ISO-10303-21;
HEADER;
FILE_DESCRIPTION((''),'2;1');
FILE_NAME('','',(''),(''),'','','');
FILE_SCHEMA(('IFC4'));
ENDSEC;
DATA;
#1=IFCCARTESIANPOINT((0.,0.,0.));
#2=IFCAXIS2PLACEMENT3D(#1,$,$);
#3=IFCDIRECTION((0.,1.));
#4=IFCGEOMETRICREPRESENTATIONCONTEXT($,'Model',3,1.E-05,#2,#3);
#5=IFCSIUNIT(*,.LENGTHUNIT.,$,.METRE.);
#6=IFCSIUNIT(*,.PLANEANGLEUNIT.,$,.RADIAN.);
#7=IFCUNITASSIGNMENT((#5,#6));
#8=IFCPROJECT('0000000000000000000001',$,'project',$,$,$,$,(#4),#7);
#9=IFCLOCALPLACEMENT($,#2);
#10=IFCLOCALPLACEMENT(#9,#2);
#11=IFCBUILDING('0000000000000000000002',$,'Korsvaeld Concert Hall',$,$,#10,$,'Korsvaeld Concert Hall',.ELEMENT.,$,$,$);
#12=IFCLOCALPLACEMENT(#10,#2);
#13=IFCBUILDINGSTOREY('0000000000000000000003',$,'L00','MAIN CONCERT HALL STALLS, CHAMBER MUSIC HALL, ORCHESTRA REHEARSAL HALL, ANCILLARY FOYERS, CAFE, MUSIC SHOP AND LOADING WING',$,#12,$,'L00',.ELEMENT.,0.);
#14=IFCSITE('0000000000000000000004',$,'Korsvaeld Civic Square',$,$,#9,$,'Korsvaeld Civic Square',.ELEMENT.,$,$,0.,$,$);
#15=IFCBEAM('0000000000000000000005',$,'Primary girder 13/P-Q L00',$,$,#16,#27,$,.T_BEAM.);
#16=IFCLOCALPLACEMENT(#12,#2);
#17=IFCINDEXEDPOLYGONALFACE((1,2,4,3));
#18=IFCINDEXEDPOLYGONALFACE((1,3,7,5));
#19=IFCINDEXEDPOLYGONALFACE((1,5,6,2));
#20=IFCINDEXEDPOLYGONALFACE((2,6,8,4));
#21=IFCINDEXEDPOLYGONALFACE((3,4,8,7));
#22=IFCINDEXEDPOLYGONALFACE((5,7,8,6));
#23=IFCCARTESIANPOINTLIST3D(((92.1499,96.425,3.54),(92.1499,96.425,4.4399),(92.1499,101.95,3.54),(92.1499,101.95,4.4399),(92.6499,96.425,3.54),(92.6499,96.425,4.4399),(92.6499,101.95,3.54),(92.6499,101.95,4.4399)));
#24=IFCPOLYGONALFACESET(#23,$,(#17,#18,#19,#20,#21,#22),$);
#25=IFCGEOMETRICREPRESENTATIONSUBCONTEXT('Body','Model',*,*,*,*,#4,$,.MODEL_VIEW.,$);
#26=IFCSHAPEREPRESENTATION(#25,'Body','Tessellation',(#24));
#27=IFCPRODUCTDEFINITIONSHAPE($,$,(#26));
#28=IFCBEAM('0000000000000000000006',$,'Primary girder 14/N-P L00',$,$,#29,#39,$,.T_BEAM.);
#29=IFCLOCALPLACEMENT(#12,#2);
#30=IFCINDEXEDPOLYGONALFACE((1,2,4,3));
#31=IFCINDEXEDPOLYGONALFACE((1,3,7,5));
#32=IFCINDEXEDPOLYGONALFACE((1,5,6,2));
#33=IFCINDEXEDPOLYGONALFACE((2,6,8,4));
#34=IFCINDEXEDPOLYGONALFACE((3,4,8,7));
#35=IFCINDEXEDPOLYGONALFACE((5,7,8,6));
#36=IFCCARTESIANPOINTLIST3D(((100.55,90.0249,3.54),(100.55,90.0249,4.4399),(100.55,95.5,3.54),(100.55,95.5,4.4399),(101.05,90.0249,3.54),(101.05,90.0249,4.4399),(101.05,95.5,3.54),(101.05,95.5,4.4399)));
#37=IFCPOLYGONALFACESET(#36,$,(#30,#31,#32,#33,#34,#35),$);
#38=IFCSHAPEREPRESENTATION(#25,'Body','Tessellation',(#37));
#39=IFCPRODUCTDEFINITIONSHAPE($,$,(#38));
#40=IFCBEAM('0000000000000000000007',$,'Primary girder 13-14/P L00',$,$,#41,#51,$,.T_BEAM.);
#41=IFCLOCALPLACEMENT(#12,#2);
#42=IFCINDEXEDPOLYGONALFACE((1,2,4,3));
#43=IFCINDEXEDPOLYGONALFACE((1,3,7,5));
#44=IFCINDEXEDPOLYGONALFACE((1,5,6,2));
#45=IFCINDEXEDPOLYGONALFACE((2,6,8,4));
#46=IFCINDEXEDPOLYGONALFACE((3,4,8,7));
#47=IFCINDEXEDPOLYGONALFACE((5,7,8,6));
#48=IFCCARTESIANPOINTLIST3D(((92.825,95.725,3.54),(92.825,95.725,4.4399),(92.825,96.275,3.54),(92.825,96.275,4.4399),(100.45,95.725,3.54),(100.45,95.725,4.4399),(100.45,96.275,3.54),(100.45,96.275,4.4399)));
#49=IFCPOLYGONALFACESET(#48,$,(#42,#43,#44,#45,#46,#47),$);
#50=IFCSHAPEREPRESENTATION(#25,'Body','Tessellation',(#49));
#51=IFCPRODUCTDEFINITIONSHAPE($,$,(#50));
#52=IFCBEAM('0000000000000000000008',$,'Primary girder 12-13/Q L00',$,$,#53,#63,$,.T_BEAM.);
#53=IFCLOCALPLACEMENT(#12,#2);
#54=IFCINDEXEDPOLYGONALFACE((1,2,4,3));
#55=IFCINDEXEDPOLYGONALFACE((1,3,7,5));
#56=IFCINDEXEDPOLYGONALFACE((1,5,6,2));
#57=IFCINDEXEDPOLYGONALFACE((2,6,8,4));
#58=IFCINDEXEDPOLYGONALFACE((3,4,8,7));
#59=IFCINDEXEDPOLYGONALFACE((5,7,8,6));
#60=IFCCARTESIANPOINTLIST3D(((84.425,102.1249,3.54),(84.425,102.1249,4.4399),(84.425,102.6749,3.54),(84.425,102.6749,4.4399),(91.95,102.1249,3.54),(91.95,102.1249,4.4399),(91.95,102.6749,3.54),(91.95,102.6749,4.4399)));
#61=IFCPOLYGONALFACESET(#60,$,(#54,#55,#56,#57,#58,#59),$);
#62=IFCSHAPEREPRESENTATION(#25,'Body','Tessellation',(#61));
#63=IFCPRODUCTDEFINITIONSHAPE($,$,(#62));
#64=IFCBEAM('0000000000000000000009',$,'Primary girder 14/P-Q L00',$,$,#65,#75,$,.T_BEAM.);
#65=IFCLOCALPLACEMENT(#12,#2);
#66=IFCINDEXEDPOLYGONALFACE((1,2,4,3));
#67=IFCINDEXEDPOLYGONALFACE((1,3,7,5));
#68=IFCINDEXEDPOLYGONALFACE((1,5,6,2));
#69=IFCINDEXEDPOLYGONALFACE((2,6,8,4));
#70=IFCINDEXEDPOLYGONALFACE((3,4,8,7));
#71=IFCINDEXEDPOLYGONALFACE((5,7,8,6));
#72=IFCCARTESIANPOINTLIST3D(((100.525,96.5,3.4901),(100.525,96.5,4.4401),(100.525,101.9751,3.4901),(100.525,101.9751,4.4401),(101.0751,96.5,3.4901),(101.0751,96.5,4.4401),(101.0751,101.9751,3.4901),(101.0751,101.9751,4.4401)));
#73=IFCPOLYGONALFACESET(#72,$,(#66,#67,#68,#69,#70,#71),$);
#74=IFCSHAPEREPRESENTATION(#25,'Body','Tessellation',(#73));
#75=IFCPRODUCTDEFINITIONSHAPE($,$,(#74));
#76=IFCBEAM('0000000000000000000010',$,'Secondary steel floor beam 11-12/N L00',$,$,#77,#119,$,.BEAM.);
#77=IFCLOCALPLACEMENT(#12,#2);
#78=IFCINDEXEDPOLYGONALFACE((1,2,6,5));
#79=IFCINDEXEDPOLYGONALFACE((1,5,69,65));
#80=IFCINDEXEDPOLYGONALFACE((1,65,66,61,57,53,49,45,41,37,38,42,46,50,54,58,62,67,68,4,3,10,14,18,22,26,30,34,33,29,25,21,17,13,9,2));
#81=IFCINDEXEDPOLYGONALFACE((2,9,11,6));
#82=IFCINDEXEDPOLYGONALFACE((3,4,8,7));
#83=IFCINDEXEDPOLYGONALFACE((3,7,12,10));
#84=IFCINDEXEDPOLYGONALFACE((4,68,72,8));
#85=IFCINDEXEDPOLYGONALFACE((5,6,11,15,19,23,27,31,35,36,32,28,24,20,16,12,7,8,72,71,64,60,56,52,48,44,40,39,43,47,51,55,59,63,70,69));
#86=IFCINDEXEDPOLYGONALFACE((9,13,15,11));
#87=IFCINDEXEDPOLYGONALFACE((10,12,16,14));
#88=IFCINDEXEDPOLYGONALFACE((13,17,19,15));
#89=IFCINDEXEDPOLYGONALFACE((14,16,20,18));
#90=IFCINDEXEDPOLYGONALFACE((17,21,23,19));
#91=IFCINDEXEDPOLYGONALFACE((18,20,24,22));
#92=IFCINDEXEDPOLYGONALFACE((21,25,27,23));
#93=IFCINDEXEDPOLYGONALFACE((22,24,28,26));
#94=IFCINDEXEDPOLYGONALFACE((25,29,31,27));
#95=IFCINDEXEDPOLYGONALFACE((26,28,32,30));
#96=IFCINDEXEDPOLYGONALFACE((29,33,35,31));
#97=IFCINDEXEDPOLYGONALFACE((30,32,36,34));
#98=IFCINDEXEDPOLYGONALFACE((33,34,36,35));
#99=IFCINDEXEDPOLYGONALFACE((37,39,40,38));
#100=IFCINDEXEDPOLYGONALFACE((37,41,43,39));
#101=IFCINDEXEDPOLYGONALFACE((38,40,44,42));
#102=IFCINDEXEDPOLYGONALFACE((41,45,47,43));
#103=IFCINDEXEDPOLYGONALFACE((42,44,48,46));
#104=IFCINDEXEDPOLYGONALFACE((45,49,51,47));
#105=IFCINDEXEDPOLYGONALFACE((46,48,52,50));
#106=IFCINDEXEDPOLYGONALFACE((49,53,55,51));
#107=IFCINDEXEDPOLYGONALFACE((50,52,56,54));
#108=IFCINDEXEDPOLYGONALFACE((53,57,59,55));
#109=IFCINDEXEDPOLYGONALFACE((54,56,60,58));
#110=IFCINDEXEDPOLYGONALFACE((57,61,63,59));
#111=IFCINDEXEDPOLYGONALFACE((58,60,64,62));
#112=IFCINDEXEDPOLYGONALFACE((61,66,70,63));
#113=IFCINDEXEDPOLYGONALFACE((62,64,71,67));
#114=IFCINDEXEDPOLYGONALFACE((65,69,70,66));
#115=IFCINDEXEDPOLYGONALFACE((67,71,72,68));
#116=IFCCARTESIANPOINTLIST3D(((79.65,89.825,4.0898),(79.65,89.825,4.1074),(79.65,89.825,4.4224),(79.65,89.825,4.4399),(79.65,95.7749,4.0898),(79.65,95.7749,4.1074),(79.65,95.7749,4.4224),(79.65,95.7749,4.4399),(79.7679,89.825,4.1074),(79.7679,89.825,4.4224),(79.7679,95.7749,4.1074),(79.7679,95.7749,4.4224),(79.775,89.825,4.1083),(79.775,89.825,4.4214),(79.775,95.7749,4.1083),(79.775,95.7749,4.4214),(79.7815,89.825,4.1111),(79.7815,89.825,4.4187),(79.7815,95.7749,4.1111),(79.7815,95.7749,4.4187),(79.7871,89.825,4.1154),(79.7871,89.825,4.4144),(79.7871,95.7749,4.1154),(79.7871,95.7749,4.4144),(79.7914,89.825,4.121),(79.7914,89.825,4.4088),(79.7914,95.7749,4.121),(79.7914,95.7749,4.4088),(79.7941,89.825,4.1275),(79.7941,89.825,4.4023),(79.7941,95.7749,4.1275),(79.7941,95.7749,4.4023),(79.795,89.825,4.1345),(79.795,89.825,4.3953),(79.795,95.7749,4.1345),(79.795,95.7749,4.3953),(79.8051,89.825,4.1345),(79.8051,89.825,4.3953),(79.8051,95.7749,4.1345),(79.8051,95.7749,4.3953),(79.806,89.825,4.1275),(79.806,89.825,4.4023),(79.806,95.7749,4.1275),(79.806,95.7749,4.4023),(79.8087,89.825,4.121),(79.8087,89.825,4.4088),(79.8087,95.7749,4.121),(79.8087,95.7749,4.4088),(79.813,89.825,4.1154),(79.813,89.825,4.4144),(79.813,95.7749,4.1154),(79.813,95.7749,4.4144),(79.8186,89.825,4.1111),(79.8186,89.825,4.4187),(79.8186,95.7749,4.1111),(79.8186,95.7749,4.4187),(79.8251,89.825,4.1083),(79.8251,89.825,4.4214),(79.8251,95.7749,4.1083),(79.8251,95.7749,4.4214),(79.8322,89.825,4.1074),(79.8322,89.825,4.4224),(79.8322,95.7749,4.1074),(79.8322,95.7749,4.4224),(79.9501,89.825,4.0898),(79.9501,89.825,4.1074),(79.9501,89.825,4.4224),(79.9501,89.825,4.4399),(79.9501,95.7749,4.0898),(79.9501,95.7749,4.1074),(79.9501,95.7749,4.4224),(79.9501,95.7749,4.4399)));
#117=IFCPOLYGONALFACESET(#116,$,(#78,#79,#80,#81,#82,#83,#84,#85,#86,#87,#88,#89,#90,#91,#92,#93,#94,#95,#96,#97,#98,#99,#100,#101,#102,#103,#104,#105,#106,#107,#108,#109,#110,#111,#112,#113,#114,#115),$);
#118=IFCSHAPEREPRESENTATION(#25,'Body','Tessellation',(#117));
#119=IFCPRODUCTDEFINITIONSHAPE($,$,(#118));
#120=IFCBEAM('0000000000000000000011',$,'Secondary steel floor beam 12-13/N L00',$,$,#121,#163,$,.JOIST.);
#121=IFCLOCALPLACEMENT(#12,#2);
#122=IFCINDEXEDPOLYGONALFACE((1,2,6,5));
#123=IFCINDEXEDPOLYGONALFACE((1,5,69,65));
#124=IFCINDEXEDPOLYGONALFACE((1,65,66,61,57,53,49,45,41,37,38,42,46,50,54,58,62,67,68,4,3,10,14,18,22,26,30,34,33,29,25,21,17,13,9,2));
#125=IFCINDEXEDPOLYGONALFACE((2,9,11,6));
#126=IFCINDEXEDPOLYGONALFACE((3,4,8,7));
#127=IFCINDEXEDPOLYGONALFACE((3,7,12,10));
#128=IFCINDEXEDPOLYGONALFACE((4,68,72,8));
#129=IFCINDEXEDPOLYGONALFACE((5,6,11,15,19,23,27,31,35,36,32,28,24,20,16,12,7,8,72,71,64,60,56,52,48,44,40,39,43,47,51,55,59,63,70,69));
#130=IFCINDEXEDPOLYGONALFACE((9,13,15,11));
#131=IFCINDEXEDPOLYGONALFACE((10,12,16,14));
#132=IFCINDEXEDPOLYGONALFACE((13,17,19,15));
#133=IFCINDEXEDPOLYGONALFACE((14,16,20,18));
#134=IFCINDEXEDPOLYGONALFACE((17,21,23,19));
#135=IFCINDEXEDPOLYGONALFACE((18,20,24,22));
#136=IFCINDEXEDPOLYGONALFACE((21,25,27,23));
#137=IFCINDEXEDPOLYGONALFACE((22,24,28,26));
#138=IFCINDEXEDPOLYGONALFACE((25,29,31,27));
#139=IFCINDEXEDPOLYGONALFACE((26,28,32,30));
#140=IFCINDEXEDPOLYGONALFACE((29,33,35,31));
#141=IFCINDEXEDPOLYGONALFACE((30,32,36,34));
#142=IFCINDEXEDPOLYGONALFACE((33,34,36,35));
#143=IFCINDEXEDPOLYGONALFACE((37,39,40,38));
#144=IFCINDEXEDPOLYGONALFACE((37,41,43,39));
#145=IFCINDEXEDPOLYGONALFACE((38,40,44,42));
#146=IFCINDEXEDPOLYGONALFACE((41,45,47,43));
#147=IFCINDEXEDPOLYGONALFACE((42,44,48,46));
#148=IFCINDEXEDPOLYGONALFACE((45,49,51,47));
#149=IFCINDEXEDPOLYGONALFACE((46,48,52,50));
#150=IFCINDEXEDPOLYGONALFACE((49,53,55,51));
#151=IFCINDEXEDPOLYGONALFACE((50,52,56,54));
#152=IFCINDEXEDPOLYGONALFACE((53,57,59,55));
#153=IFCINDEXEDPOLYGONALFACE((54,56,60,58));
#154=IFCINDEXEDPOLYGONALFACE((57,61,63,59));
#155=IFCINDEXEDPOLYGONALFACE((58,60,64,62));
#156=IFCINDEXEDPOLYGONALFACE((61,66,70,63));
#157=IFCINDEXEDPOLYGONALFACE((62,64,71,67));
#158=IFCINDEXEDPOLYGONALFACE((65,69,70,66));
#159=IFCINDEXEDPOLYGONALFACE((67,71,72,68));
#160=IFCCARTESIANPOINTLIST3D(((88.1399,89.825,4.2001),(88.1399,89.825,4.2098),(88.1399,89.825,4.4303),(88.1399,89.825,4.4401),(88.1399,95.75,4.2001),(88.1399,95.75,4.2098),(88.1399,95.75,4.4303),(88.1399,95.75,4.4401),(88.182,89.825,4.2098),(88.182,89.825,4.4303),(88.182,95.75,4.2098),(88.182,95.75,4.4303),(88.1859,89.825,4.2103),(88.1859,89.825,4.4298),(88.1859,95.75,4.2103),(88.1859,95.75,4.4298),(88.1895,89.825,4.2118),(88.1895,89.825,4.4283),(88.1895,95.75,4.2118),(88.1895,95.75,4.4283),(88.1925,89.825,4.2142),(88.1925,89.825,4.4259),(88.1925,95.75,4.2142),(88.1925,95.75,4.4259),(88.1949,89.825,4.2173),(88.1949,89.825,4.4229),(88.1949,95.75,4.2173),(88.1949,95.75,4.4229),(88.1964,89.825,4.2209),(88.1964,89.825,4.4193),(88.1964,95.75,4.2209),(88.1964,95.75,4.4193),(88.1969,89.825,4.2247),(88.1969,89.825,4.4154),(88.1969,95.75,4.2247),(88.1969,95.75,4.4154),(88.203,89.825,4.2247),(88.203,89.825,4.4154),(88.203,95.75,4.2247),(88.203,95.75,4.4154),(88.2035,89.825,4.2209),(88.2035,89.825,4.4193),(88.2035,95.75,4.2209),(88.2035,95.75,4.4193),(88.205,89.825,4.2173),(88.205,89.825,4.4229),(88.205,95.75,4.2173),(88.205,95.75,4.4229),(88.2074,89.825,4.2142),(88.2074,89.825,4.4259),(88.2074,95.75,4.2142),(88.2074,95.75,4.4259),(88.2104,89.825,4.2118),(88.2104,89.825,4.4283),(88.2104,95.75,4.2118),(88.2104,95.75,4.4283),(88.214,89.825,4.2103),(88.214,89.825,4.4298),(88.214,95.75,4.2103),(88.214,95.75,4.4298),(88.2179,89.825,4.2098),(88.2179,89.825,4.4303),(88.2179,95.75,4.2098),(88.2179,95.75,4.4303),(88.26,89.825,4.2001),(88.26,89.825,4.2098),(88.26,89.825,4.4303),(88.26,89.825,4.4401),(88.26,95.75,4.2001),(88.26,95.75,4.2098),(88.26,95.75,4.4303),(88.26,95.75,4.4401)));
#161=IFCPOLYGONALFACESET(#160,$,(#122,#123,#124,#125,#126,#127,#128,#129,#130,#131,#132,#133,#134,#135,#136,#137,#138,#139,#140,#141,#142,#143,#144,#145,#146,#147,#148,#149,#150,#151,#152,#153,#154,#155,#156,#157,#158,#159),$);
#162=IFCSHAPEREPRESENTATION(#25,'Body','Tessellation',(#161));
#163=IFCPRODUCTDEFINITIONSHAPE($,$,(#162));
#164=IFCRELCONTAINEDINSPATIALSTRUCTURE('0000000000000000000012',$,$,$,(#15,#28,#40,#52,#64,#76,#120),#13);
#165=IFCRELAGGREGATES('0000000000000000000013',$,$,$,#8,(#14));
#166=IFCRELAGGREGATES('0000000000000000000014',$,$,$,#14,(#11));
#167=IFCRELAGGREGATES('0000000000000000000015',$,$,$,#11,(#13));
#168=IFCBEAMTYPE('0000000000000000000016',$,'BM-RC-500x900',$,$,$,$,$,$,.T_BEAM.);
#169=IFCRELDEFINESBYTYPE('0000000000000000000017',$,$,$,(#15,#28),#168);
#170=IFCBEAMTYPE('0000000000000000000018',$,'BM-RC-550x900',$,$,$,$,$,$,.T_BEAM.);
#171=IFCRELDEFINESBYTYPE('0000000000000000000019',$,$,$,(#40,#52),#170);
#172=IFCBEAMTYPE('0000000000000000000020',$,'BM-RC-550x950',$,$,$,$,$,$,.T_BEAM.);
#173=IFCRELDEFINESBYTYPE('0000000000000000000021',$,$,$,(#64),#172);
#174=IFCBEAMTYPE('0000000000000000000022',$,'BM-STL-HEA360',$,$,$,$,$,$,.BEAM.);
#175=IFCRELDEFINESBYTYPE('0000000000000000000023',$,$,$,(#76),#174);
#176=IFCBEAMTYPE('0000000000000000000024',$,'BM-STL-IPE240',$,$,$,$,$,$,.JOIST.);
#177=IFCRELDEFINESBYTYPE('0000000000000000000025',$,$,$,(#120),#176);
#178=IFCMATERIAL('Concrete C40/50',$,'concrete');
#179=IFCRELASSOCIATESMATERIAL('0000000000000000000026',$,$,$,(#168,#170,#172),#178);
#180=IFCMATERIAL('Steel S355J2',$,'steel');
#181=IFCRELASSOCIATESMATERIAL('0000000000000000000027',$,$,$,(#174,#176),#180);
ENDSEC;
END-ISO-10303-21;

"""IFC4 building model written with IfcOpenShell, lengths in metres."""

from ifc_helpers import new_model, si_unit, direction, frame, origin, origin_2d, place, context, subcontext, project, spatial, rectangle, i_section, extrude, material, material_profile, profile_set, type_object, element, save


model = new_model("IFC4")

# Units and contexts
model_context = context("Model", 3, precision=1e-05, world=origin(), true_north=direction((0.0, 1.0)))
body_context = subcontext(model_context, "Body", "Model", "MODEL_VIEW")
ifc_project = project(units=[si_unit("LENGTHUNIT", "METRE"), si_unit("PLANEANGLEUNIT", "RADIAN")], contexts=[model_context])

# Site, building, storey
site_placement = place(None, origin())
site = spatial("IfcSite", under=ifc_project, at=site_placement, Name="Korsvaeld Civic Square", LongName="Korsvaeld Civic Square", CompositionType="ELEMENT", RefElevation=0.0)
building_placement = place(site_placement, origin())
building = spatial("IfcBuilding", under=site, at=building_placement, Name="Korsvaeld Concert Hall", LongName="Korsvaeld Concert Hall", CompositionType="ELEMENT")
storey_placement = place(building_placement, origin())
storey = spatial("IfcBuildingStorey", under=building, at=storey_placement, Name="L00", Description="MAIN CONCERT HALL STALLS, CHAMBER MUSIC HALL, ORCHESTRA REHEARSAL HALL, ANCILLARY FOYERS, CAFE, MUSIC SHOP AND LOADING WING", LongName="L00", CompositionType="ELEMENT", Elevation=0.0)

# Shared definitions
ifc_material_1 = material(Name="Concrete C40/50", Category="concrete")

# Beams
ifc_material_profile_1 = material_profile(ifc_material_1, rectangle(XDim=0.5, YDim=0.8999, at=origin_2d()), Name="RC 500x900")
ifc_profile_set_1 = profile_set([ifc_material_profile_1], Name="Concrete C40/50")
beam_type_1 = type_object("IfcBeamType", Name="BM-RC-500x900", PredefinedType="T_BEAM", material=ifc_profile_set_1)
beam_1_placement = place(storey_placement, frame((92.3999, 96.425, 3.99), z_axis=(0.0, 1.0, 0.0), x_axis=(-1.0, 0.0, 0.0)))
element("IfcBeam", 1, at=beam_1_placement, inside=storey, type_object=beam_type_1, Name="Primary girder 13/P-Q L00", PredefinedType="T_BEAM", context=body_context, shape_type="SweptSolid", body=[
    extrude(rectangle(XDim=0.5, YDim=0.8999, at=origin_2d()), origin(), (0.0, 0.0, 1.0), 5.5249),
])
beam_2_placement = place(storey_placement, frame((100.8, 90.0249, 3.99), z_axis=(0.0, 1.0, 0.0), x_axis=(-1.0, 0.0, 0.0)))
element("IfcBeam", 2, at=beam_2_placement, inside=storey, type_object=beam_type_1, Name="Primary girder 14/N-P L00", PredefinedType="T_BEAM", context=body_context, shape_type="SweptSolid", body=[
    extrude(rectangle(XDim=0.5, YDim=0.8999, at=origin_2d()), origin(), (0.0, 0.0, 1.0), 5.4751),
])
ifc_material_profile_2 = material_profile(ifc_material_1, rectangle(XDim=0.55, YDim=0.8999, at=origin_2d()), Name="RC 550x900")
ifc_profile_set_2 = profile_set([ifc_material_profile_2], Name="Concrete C40/50")
beam_type_2 = type_object("IfcBeamType", Name="BM-RC-550x900", PredefinedType="T_BEAM", material=ifc_profile_set_2)
beam_3_placement = place(storey_placement, frame((92.825, 96.0, 3.99), z_axis=(1.0, 0.0, 0.0), x_axis=(0.0, 1.0, 0.0)))
element("IfcBeam", 3, at=beam_3_placement, inside=storey, type_object=beam_type_2, Name="Primary girder 13-14/P L00", PredefinedType="T_BEAM", context=body_context, shape_type="SweptSolid", body=[
    extrude(rectangle(XDim=0.55, YDim=0.8999, at=origin_2d()), origin(), (0.0, 0.0, 1.0), 7.625),
])
beam_4_placement = place(storey_placement, frame((84.425, 102.3999, 3.99), z_axis=(1.0, 0.0, 0.0), x_axis=(0.0, 1.0, 0.0)))
element("IfcBeam", 4, at=beam_4_placement, inside=storey, type_object=beam_type_2, Name="Primary girder 12-13/Q L00", PredefinedType="T_BEAM", context=body_context, shape_type="SweptSolid", body=[
    extrude(rectangle(XDim=0.55, YDim=0.8999, at=origin_2d()), origin(), (0.0, 0.0, 1.0), 7.5249),
])
ifc_material_profile_3 = material_profile(ifc_material_1, rectangle(XDim=0.55, YDim=0.95, at=origin_2d()), Name="RC 550x950")
ifc_profile_set_3 = profile_set([ifc_material_profile_3], Name="Concrete C40/50")
beam_type_3 = type_object("IfcBeamType", Name="BM-RC-550x950", PredefinedType="T_BEAM", material=ifc_profile_set_3)
beam_5_placement = place(storey_placement, frame((100.8, 96.5, 3.9651), z_axis=(0.0, 1.0, 0.0), x_axis=(-1.0, 0.0, 0.0)))
element("IfcBeam", 5, at=beam_5_placement, inside=storey, type_object=beam_type_3, Name="Primary girder 14/P-Q L00", PredefinedType="T_BEAM", context=body_context, shape_type="SweptSolid", body=[
    extrude(rectangle(XDim=0.55, YDim=0.95, at=origin_2d()), origin(), (0.0, 0.0, 1.0), 5.4751),
])
ifc_material_2 = material(Name="Steel S355J2", Category="steel")
ifc_material_profile_4 = material_profile(ifc_material_2, i_section(OverallWidth=0.3, OverallDepth=0.3501, WebThickness=0.01, FlangeThickness=0.0176, FilletRadius=0.0271, at=origin_2d()), Name="HEA 360")
ifc_profile_set_4 = profile_set([ifc_material_profile_4], Name="Steel S355J2")
beam_type_4 = type_object("IfcBeamType", Name="BM-STL-HEA360", PredefinedType="BEAM", material=ifc_profile_set_4)
beam_6_placement = place(storey_placement, frame((79.8, 89.825, 4.2649), z_axis=(0.0, 1.0, 0.0), x_axis=(-1.0, 0.0, 0.0)))
element("IfcBeam", 6, at=beam_6_placement, inside=storey, type_object=beam_type_4, Name="Secondary steel floor beam 11-12/N L00", PredefinedType="BEAM", context=body_context, shape_type="SweptSolid", body=[
    extrude(i_section(OverallWidth=0.3, OverallDepth=0.3501, WebThickness=0.01, FlangeThickness=0.0176, FilletRadius=0.0271, at=origin_2d()), origin(), (0.0, 0.0, 1.0), 5.95),
])
ifc_material_profile_5 = material_profile(ifc_material_2, i_section(OverallWidth=0.1201, OverallDepth=0.24, WebThickness=0.0061, FlangeThickness=0.0098, FilletRadius=0.0149, at=origin_2d()), Name="IPE 240")
ifc_profile_set_5 = profile_set([ifc_material_profile_5], Name="Steel S355J2")
beam_type_5 = type_object("IfcBeamType", Name="BM-STL-IPE240", PredefinedType="JOIST", material=ifc_profile_set_5)
beam_7_placement = place(storey_placement, frame((88.2, 89.825, 4.3201), z_axis=(0.0, 1.0, 0.0), x_axis=(-1.0, 0.0, 0.0)))
element("IfcBeam", 7, at=beam_7_placement, inside=storey, type_object=beam_type_5, Name="Secondary steel floor beam 12-13/N L00", PredefinedType="JOIST", context=body_context, shape_type="SweptSolid", body=[
    extrude(i_section(OverallWidth=0.1201, OverallDepth=0.24, WebThickness=0.0061, FlangeThickness=0.0098, FilletRadius=0.0149, at=origin_2d()), origin(), (0.0, 0.0, 1.0), 5.925),
])

save(model, "model.ifc")
